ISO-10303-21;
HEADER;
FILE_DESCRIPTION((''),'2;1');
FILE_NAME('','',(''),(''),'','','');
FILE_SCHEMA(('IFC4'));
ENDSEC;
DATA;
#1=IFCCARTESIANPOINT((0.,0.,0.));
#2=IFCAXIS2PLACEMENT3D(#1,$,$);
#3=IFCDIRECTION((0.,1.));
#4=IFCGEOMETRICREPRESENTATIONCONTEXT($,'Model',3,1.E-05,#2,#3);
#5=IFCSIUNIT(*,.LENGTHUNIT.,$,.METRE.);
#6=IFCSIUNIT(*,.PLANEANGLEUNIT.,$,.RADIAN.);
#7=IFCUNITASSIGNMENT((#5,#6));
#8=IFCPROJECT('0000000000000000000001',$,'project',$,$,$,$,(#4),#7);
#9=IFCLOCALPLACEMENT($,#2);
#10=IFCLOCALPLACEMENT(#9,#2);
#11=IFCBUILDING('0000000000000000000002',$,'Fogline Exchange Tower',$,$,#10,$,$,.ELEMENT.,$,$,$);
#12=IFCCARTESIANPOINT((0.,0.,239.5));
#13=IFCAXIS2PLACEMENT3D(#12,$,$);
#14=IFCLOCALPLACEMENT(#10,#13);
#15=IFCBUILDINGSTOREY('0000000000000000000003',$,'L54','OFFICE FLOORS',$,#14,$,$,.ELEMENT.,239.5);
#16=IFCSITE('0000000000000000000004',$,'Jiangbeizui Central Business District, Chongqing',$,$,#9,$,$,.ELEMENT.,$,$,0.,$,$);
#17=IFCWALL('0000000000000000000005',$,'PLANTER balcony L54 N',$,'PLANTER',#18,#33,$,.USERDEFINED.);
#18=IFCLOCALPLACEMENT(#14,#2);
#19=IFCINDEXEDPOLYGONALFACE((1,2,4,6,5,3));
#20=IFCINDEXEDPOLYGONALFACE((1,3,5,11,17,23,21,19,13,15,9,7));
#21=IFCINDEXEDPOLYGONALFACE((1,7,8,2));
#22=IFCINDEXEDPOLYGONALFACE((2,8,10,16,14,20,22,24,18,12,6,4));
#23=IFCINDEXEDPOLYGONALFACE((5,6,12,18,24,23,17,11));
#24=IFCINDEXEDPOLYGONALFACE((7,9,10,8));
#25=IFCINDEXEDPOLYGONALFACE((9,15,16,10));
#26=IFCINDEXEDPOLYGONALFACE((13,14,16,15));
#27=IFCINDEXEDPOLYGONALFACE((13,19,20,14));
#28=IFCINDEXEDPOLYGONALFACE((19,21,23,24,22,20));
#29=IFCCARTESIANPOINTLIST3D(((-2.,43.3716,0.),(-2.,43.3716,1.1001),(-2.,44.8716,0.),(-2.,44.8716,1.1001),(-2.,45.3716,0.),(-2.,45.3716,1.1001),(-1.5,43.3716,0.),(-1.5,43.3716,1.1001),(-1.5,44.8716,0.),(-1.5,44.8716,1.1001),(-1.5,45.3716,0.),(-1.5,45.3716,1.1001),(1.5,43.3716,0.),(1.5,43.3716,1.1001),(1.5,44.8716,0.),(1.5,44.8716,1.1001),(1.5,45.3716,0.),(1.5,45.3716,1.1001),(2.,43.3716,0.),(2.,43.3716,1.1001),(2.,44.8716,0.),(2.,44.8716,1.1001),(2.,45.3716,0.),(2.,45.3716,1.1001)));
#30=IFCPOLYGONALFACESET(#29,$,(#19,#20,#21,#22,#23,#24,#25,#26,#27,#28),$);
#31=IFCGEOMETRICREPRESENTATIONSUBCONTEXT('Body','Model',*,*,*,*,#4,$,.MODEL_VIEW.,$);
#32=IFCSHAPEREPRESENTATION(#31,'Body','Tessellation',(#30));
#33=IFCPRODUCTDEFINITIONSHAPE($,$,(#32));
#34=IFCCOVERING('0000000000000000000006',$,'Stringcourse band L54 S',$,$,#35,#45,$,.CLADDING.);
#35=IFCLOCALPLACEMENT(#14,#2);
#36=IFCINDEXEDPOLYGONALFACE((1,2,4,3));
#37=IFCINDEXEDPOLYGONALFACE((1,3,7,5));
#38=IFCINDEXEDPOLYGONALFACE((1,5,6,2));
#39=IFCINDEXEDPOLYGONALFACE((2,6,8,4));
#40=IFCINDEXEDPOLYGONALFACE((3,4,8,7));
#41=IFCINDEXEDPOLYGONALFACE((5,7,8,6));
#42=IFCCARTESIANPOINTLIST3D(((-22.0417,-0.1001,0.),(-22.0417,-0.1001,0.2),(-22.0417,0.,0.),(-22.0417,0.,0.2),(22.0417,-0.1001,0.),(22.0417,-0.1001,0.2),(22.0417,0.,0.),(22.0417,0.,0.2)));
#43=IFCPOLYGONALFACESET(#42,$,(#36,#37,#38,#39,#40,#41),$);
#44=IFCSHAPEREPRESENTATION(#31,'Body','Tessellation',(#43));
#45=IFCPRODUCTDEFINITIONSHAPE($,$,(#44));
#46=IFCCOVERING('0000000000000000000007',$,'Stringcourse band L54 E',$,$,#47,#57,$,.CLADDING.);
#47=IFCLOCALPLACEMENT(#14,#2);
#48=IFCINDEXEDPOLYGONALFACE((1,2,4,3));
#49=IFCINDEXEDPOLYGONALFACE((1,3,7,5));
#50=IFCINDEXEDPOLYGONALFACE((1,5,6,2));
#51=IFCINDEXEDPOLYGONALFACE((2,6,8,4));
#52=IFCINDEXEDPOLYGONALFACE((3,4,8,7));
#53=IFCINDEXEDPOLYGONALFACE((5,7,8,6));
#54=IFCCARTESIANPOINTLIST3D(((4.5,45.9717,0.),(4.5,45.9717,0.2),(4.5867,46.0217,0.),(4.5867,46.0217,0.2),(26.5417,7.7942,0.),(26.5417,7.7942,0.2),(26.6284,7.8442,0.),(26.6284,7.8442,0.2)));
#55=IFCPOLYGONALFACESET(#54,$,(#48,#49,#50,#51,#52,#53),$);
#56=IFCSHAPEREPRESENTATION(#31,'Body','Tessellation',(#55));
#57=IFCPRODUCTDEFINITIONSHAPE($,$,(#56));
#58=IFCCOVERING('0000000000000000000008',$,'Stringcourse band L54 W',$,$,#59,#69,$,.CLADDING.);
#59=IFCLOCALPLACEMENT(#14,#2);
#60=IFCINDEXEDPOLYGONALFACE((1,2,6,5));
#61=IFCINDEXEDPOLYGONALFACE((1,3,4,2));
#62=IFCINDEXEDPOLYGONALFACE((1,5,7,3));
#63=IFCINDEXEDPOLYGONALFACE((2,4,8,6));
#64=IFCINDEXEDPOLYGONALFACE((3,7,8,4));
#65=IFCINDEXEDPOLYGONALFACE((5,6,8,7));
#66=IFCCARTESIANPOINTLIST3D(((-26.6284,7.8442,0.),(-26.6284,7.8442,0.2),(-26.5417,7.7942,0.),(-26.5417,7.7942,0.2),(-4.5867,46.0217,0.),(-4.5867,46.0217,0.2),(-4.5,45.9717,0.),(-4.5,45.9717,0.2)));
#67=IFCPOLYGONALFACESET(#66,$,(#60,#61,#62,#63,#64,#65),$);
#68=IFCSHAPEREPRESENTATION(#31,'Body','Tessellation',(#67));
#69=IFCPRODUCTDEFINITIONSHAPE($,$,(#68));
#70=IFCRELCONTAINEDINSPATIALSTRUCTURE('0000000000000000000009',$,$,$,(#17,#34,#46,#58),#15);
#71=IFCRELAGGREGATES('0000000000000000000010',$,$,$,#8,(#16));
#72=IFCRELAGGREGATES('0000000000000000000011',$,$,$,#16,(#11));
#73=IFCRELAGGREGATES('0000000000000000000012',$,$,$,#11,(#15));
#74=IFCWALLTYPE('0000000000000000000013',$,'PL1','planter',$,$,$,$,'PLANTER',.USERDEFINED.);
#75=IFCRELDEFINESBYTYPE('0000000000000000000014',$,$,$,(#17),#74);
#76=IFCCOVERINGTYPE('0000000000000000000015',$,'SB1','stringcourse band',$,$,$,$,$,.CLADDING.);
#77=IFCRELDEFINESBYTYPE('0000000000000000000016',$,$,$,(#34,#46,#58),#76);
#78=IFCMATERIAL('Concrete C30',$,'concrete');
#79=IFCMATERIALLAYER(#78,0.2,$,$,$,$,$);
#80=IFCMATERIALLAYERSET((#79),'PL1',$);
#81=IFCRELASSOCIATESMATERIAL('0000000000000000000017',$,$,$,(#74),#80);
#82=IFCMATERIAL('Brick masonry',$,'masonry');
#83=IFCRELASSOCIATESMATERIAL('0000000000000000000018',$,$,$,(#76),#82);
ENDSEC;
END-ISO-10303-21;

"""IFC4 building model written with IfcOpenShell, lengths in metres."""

from ifc_helpers import new_model, si_unit, direction, frame, origin, place, context, subcontext, project, spatial, polyline, outline, extrude, material, layer, layer_set, type_object, element, save


model = new_model("IFC4")

# Units and contexts
model_context = context("Model", 3, precision=1e-05, world=origin(), true_north=direction((0.0, 1.0)))
body_context = subcontext(model_context, "Body", "Model", "MODEL_VIEW")
ifc_project = project(units=[si_unit("LENGTHUNIT", "METRE"), si_unit("PLANEANGLEUNIT", "RADIAN")], contexts=[model_context])

# Site, building, storey
site_placement = place(None, origin())
site = spatial("IfcSite", under=ifc_project, at=site_placement, Name="Jiangbeizui Central Business District, Chongqing", CompositionType="ELEMENT", RefElevation=0.0)
building_placement = place(site_placement, origin())
building = spatial("IfcBuilding", under=site, at=building_placement, Name="Fogline Exchange Tower", CompositionType="ELEMENT")
storey_placement = place(building_placement, frame((0.0, 0.0, 239.5)))
storey = spatial("IfcBuildingStorey", under=building, at=storey_placement, Name="L54", Description="OFFICE FLOORS", CompositionType="ELEMENT", Elevation=239.5)

# Wall
ifc_material_1 = material(Name="Concrete C30", Category="concrete")
ifc_layer_1 = layer(ifc_material_1, 0.2)
ifc_layer_set_1 = layer_set([ifc_layer_1], Name="PL1")
wall_type = type_object("IfcWallType", Name="PL1", Description="planter", ElementType="PLANTER", PredefinedType="USERDEFINED", material=ifc_layer_set_1)
wall_1_placement = place(storey_placement, origin())
element("IfcWall", 1, at=wall_1_placement, inside=storey, type_object=wall_type, Name="PLANTER balcony L54 N", ObjectType="PLANTER", PredefinedType="USERDEFINED", context=body_context, shape_type="SweptSolid", body=[
    extrude(outline(polyline([(-1.5, 45.3716), (-2.0, 45.3716), (-2.0, 44.8716), (-2.0, 43.3716), (-1.5, 43.3716), (-1.5, 44.8716), (1.5, 44.8716), (1.5, 43.3716), (2.0, 43.3716), (2.0, 44.8716), (2.0, 45.3716), (1.5, 45.3716), (-1.5, 45.3716)])), origin(), (0.0, 0.0, 1.0), 1.1001),
])

# Coverings
ifc_material_2 = material(Name="Brick masonry", Category="masonry")
covering_type = type_object("IfcCoveringType", Name="SB1", Description="stringcourse band", PredefinedType="CLADDING", material=ifc_material_2)
covering_1_placement = place(storey_placement, origin())
element("IfcCovering", 2, at=covering_1_placement, inside=storey, type_object=covering_type, Name="Stringcourse band L54 S", PredefinedType="CLADDING", context=body_context, shape_type="SweptSolid", body=[
    extrude(outline(polyline([(-22.0417, 0.0), (-22.0417, -0.1001), (22.0417, -0.1001), (22.0417, 0.0), (-22.0417, 0.0)])), origin(), (0.0, 0.0, 1.0), 0.2),
])
covering_2_placement = place(storey_placement, origin())
element("IfcCovering", 3, at=covering_2_placement, inside=storey, type_object=covering_type, Name="Stringcourse band L54 E", PredefinedType="CLADDING", context=body_context, shape_type="SweptSolid", body=[
    extrude(outline(polyline([(26.5417, 7.7942), (26.6284, 7.8442), (4.5867, 46.0217), (4.5, 45.9717), (26.5417, 7.7942)])), origin(), (0.0, 0.0, 1.0), 0.2),
])
covering_3_placement = place(storey_placement, origin())
element("IfcCovering", 4, at=covering_3_placement, inside=storey, type_object=covering_type, Name="Stringcourse band L54 W", PredefinedType="CLADDING", context=body_context, shape_type="SweptSolid", body=[
    extrude(outline(polyline([(-4.5, 45.9717), (-4.5867, 46.0217), (-26.6284, 7.8442), (-26.5417, 7.7942), (-4.5, 45.9717)])), origin(), (0.0, 0.0, 1.0), 0.2),
])

save(model, "model.ifc")
